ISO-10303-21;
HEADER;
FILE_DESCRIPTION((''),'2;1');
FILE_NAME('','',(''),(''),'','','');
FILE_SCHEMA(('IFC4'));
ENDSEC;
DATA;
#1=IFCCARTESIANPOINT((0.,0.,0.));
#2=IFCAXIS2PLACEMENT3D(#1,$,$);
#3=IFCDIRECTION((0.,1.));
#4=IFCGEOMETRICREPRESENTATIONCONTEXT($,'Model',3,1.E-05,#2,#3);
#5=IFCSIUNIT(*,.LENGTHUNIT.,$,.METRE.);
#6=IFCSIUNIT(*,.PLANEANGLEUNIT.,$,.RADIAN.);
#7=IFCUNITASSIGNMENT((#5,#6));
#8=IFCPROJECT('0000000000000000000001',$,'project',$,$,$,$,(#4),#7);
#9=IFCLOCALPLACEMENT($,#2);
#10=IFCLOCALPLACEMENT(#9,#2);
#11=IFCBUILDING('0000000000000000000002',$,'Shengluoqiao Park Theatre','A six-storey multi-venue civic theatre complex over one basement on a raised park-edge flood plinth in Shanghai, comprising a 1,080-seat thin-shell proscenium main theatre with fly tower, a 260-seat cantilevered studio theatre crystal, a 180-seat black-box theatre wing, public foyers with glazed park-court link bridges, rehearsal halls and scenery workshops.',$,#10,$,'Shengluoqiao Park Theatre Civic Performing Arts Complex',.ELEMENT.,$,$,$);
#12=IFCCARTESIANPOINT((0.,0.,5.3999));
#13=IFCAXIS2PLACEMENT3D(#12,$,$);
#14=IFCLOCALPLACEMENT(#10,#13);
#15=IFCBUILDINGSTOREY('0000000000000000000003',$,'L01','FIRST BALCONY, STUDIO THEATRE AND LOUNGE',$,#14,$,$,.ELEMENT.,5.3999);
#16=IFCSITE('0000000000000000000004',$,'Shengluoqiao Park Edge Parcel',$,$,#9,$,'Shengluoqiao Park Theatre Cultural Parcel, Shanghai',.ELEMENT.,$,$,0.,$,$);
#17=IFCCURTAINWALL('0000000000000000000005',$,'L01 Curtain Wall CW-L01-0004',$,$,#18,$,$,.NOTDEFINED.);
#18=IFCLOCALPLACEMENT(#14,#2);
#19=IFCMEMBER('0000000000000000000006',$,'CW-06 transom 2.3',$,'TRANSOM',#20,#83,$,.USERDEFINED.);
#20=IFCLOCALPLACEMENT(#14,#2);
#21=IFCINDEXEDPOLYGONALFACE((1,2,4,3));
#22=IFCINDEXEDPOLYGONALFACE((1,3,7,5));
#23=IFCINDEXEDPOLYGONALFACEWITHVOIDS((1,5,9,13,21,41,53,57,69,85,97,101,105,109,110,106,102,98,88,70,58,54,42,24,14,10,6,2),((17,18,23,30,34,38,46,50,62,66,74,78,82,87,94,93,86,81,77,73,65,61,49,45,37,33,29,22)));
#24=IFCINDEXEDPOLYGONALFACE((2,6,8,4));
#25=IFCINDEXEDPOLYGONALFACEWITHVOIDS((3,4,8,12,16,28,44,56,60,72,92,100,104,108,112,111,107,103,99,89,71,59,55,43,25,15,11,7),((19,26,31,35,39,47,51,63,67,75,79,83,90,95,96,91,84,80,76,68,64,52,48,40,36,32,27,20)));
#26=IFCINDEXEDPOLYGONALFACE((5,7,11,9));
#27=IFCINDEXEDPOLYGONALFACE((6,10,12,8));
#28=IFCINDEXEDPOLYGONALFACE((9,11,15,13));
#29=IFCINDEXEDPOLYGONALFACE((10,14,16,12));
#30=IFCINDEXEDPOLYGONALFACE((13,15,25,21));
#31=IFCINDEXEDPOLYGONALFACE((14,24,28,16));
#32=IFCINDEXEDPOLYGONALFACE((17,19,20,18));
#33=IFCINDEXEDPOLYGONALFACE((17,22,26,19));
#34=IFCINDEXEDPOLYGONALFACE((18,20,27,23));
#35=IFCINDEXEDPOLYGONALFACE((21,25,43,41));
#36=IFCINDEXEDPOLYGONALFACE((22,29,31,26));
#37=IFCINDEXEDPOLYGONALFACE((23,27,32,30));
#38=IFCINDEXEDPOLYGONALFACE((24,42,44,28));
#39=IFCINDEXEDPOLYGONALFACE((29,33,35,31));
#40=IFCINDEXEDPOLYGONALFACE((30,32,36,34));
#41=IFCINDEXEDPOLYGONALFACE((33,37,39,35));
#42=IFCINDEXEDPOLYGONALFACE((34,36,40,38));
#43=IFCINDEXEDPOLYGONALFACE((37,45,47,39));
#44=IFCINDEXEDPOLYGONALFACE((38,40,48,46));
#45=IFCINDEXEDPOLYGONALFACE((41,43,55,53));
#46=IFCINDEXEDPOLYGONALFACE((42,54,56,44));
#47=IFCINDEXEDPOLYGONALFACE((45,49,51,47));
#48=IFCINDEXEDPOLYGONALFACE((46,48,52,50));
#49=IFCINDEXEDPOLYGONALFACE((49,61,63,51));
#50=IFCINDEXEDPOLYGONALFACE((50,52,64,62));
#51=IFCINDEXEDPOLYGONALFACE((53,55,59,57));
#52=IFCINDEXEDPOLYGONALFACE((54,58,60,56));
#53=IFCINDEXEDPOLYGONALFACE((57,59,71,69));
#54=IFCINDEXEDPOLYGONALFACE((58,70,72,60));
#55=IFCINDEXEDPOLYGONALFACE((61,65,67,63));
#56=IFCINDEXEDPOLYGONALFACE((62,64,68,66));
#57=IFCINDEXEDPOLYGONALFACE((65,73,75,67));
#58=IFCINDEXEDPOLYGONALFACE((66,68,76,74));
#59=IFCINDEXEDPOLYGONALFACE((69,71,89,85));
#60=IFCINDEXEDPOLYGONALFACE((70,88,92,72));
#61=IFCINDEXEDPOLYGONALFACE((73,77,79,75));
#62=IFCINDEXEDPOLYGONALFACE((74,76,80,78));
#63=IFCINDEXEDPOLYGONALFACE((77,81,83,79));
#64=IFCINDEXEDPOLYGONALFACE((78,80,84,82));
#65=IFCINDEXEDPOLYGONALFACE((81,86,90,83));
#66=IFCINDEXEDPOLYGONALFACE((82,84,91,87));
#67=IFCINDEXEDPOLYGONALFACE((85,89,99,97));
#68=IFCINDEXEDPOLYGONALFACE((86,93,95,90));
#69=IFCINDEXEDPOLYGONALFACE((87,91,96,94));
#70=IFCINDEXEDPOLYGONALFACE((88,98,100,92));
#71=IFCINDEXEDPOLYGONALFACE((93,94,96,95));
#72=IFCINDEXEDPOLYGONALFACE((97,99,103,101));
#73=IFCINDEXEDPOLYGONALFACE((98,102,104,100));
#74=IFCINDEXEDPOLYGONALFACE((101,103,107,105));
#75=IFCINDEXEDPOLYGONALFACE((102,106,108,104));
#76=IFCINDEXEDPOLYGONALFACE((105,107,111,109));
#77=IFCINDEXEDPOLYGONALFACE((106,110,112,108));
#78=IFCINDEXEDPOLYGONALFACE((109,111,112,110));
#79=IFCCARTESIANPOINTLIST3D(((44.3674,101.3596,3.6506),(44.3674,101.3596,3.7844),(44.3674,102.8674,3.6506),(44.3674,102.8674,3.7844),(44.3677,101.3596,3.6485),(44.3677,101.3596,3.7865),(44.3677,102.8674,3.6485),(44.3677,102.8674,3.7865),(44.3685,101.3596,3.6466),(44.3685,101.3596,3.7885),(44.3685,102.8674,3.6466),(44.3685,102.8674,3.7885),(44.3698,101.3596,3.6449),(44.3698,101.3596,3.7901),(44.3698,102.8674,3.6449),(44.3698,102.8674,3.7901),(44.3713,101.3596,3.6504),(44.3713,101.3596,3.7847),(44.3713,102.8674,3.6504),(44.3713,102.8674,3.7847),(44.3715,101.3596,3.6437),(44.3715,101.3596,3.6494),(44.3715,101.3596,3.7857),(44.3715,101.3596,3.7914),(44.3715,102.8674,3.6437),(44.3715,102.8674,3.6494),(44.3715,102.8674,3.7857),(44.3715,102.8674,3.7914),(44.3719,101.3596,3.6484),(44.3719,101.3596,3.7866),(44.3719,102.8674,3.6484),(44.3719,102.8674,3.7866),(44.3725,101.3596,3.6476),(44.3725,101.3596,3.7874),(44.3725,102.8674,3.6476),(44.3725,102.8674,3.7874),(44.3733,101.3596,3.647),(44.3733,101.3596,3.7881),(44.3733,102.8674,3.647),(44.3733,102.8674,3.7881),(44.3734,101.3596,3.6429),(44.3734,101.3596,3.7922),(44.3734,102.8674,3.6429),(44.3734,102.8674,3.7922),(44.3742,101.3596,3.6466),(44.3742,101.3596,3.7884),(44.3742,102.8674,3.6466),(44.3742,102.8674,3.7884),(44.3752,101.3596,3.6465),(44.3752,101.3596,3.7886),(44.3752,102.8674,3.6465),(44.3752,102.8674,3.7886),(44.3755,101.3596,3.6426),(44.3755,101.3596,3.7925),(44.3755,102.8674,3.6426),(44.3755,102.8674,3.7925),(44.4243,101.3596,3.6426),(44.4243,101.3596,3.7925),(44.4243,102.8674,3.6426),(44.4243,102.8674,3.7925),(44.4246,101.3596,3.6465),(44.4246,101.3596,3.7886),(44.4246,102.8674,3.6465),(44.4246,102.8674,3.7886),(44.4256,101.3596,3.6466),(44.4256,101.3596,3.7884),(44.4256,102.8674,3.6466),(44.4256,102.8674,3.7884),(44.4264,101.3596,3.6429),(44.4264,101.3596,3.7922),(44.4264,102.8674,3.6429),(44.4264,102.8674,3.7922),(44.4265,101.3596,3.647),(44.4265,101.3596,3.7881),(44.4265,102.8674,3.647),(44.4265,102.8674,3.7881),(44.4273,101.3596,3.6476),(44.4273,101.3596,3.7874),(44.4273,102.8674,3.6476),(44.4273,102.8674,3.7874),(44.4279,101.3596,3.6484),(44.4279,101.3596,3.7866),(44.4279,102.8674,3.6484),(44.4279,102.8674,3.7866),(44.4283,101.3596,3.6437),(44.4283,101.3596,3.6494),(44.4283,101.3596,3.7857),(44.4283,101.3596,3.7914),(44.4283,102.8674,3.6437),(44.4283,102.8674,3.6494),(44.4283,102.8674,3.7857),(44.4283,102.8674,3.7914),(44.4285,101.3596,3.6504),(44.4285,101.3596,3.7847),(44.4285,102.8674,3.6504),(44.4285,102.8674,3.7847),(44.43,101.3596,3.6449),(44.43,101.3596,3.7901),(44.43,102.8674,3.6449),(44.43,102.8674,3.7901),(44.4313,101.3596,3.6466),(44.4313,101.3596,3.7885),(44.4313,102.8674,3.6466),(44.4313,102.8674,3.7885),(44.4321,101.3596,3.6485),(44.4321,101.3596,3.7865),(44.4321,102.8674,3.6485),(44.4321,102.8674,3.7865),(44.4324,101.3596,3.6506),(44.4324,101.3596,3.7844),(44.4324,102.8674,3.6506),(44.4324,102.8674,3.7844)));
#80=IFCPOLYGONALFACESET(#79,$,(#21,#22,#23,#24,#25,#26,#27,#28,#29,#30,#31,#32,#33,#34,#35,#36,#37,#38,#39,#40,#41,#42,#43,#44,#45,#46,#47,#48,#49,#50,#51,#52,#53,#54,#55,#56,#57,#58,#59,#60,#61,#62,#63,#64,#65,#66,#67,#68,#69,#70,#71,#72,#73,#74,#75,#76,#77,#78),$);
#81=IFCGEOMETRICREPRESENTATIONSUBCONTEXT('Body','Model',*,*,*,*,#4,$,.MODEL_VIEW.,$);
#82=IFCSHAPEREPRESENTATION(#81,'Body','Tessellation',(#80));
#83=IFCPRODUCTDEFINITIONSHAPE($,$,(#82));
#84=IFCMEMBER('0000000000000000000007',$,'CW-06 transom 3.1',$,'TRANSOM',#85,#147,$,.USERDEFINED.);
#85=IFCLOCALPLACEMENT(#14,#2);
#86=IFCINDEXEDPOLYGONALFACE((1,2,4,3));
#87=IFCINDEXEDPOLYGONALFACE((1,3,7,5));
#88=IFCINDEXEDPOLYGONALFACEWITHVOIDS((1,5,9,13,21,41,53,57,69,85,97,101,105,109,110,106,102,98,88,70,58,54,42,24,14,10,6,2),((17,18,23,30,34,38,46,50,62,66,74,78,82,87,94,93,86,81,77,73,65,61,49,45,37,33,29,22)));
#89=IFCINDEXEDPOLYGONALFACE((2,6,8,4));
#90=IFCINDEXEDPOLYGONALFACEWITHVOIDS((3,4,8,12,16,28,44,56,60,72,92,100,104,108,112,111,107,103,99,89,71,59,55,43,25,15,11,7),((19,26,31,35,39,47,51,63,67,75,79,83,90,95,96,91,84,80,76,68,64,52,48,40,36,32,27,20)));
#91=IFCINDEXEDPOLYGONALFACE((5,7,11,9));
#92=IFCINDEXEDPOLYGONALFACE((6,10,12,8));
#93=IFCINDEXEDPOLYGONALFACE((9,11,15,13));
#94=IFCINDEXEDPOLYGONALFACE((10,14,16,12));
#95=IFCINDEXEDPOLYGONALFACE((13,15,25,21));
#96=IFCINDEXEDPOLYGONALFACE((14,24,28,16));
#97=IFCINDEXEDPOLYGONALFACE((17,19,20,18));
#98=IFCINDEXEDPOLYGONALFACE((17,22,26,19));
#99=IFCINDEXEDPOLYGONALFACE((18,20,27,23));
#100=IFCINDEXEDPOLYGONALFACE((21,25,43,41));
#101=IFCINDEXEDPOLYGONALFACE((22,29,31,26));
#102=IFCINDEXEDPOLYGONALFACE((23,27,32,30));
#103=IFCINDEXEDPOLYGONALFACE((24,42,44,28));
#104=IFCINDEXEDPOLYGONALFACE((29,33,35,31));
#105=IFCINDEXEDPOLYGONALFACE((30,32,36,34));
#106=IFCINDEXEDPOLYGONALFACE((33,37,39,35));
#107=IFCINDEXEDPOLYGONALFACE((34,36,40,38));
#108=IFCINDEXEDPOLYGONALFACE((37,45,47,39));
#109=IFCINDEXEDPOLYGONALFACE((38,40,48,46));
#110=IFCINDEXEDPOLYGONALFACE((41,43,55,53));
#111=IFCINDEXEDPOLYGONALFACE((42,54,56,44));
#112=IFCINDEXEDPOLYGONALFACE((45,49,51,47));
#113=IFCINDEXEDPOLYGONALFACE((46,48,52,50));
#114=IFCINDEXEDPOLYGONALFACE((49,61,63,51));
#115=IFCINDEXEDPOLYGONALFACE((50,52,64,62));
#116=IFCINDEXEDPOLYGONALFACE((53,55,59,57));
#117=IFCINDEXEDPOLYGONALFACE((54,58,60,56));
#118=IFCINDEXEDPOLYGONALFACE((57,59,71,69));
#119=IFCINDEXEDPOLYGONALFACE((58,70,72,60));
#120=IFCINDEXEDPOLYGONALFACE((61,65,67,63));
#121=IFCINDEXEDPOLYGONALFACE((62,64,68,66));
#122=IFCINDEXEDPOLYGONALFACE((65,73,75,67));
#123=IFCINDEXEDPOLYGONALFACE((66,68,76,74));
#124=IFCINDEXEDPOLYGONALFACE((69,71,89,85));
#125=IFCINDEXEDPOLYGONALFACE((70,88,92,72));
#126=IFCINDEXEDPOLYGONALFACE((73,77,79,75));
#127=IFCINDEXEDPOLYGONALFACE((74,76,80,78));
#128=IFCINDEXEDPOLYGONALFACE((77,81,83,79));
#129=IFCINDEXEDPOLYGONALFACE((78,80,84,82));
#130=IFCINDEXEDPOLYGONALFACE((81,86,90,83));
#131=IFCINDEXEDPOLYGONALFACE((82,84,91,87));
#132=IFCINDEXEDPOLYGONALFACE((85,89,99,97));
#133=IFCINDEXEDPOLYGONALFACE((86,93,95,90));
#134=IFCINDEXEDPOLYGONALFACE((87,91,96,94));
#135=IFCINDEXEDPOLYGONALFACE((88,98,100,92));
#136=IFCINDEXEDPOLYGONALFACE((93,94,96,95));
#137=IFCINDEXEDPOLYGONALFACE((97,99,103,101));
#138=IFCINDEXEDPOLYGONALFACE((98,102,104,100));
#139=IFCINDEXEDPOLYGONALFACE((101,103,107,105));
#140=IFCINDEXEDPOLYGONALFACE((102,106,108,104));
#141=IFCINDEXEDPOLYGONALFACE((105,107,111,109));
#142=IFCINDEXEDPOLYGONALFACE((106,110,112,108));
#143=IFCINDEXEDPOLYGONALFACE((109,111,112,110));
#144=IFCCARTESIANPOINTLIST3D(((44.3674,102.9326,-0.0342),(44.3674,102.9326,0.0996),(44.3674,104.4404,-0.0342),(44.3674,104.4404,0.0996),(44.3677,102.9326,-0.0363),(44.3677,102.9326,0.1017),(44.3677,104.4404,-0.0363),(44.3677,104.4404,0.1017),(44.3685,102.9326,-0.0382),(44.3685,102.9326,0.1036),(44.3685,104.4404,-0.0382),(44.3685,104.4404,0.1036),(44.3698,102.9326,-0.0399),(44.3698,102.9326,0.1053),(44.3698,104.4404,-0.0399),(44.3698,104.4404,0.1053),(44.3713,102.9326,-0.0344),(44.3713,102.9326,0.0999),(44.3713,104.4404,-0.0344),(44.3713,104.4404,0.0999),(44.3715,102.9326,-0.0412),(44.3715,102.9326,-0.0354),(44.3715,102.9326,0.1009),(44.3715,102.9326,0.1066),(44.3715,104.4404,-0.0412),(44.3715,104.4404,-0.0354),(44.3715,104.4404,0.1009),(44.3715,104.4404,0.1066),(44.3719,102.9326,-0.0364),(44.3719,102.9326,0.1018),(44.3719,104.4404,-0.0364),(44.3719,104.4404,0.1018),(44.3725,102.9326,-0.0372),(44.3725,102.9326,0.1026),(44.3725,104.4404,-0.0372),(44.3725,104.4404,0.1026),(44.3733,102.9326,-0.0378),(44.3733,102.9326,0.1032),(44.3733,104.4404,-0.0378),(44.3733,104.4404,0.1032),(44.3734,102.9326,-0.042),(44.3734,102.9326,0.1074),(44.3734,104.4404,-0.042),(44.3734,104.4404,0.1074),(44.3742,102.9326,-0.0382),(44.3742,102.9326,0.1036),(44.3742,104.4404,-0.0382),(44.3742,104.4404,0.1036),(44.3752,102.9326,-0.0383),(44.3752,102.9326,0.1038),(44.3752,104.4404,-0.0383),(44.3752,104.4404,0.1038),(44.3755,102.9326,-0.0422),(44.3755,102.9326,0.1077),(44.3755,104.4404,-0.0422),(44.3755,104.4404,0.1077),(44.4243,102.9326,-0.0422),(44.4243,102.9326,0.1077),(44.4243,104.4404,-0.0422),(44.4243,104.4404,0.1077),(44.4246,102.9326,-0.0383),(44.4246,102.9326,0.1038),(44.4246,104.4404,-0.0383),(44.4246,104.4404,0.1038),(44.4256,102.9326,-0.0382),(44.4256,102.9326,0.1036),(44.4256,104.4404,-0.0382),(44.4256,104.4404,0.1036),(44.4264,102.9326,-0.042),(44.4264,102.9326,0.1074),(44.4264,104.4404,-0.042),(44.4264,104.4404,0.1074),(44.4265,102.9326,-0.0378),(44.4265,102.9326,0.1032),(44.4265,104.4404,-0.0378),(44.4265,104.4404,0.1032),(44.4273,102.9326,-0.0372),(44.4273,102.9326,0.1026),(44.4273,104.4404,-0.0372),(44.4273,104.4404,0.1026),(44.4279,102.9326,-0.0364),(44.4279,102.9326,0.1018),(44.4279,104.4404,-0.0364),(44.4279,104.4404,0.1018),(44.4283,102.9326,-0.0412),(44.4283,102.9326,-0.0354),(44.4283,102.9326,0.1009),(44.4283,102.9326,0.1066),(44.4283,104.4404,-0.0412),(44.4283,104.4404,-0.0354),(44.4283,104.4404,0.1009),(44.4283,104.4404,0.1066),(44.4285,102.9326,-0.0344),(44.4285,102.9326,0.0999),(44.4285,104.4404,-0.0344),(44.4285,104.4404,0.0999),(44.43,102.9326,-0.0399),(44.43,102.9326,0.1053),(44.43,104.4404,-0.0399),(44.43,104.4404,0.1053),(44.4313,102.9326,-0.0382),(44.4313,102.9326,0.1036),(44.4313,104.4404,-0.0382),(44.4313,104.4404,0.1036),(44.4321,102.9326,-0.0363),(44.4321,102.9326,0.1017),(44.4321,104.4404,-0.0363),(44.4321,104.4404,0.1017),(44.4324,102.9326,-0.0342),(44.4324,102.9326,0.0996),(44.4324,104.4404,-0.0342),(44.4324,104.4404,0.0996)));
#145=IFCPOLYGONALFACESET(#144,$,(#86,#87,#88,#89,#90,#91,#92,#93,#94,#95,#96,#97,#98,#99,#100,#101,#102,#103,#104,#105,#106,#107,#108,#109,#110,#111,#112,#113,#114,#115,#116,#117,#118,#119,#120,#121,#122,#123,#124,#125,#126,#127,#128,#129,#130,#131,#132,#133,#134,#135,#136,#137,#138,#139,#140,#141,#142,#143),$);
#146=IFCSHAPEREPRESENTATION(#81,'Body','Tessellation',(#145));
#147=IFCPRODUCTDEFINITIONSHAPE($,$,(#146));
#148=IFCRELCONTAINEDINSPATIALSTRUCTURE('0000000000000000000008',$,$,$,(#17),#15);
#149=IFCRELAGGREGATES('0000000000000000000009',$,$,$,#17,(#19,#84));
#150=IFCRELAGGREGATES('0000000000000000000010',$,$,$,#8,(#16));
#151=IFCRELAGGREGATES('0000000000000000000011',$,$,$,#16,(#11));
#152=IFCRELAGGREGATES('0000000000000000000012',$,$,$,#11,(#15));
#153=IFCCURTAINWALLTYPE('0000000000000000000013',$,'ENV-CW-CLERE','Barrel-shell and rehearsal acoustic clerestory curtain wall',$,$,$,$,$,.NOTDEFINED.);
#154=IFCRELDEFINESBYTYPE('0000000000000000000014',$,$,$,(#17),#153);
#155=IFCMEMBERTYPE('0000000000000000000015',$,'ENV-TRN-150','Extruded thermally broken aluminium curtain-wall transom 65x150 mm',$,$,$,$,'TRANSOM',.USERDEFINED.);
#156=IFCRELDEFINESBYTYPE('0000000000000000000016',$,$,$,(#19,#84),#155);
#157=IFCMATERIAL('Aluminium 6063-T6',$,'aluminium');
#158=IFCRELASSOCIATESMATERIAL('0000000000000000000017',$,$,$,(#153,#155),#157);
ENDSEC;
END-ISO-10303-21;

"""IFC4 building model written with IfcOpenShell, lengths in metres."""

from ifc_helpers import new_model, si_unit, direction, frame, origin, origin_2d, place, context, subcontext, project, spatial, hollow_rectangle, extrude, material, material_profile, profile_set, type_object, element, aggregate, save


model = new_model("IFC4")

# Units and contexts
model_context = context("Model", 3, precision=1e-05, world=origin(), true_north=direction((0.0, 1.0)))
body_context = subcontext(model_context, "Body", "Model", "MODEL_VIEW")
ifc_project = project(units=[si_unit("LENGTHUNIT", "METRE"), si_unit("PLANEANGLEUNIT", "RADIAN")], contexts=[model_context])

# Site, building, storey
site_placement = place(None, origin())
site = spatial("IfcSite", under=ifc_project, at=site_placement, Name="Shengluoqiao Park Edge Parcel", LongName="Shengluoqiao Park Theatre Cultural Parcel, Shanghai", CompositionType="ELEMENT", RefElevation=0.0)
building_placement = place(site_placement, origin())
building = spatial("IfcBuilding", under=site, at=building_placement, Name="Shengluoqiao Park Theatre", Description="A six-storey multi-venue civic theatre complex over one basement on a raised park-edge flood plinth in Shanghai, comprising a 1,080-seat thin-shell proscenium main theatre with fly tower, a 260-seat cantilevered studio theatre crystal, a 180-seat black-box theatre wing, public foyers with glazed park-court link bridges, rehearsal halls and scenery workshops.", LongName="Shengluoqiao Park Theatre Civic Performing Arts Complex", CompositionType="ELEMENT")
storey_placement = place(building_placement, frame((0.0, 0.0, 5.3999)))
storey = spatial("IfcBuildingStorey", under=building, at=storey_placement, Name="L01", Description="FIRST BALCONY, STUDIO THEATRE AND LOUNGE", CompositionType="ELEMENT", Elevation=5.3999)

# Curtain wall, members
ifc_material_1 = material(Name="Aluminium 6063-T6", Category="aluminium")
curtain_wall_type = type_object("IfcCurtainWallType", Name="ENV-CW-CLERE", Description="Barrel-shell and rehearsal acoustic clerestory curtain wall", PredefinedType="NOTDEFINED", material=ifc_material_1)
curtain_wall_placement = place(storey_placement, origin())
curtain_wall = element("IfcCurtainWall", 1, at=curtain_wall_placement, inside=storey, type_object=curtain_wall_type, Name="L01 Curtain Wall CW-L01-0004", PredefinedType="NOTDEFINED")
ifc_material_profile_1 = material_profile(ifc_material_1, hollow_rectangle(XDim=0.0649, YDim=0.1499, WallThickness=0.0039, InnerFilletRadius=0.0039, OuterFilletRadius=0.0081, at=origin_2d()), Name="ALU TRANSOM 150x65x4")
ifc_profile_set_1 = profile_set([ifc_material_profile_1], Name="Aluminium 6063-T6")
member_type_1 = type_object("IfcMemberType", Name="ENV-TRN-150", Description="Extruded thermally broken aluminium curtain-wall transom 65x150 mm", ElementType="TRANSOM", PredefinedType="USERDEFINED", material=ifc_profile_set_1)
member_1_placement = place(storey_placement, frame((44.3999, 101.3596, 3.7175), z_axis=(0.0, 1.0, 0.0), x_axis=(-1.0, 0.0, 0.0)))
member_1 = element("IfcMember", 2, at=member_1_placement, type_object=member_type_1, Name="CW-06 transom 2.3", ObjectType="TRANSOM", PredefinedType="USERDEFINED", context=body_context, shape_type="SweptSolid", body=[
    extrude(hollow_rectangle(XDim=0.0649, YDim=0.1499, WallThickness=0.0039, InnerFilletRadius=0.0039, OuterFilletRadius=0.0081, at=origin_2d()), origin(), (0.0, 0.0, 1.0), 1.5078),
])
member_2_placement = place(storey_placement, frame((44.3999, 102.9326, 0.0327), z_axis=(0.0, 1.0, 0.0), x_axis=(-1.0, 0.0, 0.0)))
member_2 = element("IfcMember", 3, at=member_2_placement, type_object=member_type_1, Name="CW-06 transom 3.1", ObjectType="TRANSOM", PredefinedType="USERDEFINED", context=body_context, shape_type="SweptSolid", body=[
    extrude(hollow_rectangle(XDim=0.0649, YDim=0.1499, WallThickness=0.0039, InnerFilletRadius=0.0039, OuterFilletRadius=0.0081, at=origin_2d()), origin(), (0.0, 0.0, 1.0), 1.5078),
])

aggregate(curtain_wall, [member_1, member_2])

save(model, "model.ifc")
